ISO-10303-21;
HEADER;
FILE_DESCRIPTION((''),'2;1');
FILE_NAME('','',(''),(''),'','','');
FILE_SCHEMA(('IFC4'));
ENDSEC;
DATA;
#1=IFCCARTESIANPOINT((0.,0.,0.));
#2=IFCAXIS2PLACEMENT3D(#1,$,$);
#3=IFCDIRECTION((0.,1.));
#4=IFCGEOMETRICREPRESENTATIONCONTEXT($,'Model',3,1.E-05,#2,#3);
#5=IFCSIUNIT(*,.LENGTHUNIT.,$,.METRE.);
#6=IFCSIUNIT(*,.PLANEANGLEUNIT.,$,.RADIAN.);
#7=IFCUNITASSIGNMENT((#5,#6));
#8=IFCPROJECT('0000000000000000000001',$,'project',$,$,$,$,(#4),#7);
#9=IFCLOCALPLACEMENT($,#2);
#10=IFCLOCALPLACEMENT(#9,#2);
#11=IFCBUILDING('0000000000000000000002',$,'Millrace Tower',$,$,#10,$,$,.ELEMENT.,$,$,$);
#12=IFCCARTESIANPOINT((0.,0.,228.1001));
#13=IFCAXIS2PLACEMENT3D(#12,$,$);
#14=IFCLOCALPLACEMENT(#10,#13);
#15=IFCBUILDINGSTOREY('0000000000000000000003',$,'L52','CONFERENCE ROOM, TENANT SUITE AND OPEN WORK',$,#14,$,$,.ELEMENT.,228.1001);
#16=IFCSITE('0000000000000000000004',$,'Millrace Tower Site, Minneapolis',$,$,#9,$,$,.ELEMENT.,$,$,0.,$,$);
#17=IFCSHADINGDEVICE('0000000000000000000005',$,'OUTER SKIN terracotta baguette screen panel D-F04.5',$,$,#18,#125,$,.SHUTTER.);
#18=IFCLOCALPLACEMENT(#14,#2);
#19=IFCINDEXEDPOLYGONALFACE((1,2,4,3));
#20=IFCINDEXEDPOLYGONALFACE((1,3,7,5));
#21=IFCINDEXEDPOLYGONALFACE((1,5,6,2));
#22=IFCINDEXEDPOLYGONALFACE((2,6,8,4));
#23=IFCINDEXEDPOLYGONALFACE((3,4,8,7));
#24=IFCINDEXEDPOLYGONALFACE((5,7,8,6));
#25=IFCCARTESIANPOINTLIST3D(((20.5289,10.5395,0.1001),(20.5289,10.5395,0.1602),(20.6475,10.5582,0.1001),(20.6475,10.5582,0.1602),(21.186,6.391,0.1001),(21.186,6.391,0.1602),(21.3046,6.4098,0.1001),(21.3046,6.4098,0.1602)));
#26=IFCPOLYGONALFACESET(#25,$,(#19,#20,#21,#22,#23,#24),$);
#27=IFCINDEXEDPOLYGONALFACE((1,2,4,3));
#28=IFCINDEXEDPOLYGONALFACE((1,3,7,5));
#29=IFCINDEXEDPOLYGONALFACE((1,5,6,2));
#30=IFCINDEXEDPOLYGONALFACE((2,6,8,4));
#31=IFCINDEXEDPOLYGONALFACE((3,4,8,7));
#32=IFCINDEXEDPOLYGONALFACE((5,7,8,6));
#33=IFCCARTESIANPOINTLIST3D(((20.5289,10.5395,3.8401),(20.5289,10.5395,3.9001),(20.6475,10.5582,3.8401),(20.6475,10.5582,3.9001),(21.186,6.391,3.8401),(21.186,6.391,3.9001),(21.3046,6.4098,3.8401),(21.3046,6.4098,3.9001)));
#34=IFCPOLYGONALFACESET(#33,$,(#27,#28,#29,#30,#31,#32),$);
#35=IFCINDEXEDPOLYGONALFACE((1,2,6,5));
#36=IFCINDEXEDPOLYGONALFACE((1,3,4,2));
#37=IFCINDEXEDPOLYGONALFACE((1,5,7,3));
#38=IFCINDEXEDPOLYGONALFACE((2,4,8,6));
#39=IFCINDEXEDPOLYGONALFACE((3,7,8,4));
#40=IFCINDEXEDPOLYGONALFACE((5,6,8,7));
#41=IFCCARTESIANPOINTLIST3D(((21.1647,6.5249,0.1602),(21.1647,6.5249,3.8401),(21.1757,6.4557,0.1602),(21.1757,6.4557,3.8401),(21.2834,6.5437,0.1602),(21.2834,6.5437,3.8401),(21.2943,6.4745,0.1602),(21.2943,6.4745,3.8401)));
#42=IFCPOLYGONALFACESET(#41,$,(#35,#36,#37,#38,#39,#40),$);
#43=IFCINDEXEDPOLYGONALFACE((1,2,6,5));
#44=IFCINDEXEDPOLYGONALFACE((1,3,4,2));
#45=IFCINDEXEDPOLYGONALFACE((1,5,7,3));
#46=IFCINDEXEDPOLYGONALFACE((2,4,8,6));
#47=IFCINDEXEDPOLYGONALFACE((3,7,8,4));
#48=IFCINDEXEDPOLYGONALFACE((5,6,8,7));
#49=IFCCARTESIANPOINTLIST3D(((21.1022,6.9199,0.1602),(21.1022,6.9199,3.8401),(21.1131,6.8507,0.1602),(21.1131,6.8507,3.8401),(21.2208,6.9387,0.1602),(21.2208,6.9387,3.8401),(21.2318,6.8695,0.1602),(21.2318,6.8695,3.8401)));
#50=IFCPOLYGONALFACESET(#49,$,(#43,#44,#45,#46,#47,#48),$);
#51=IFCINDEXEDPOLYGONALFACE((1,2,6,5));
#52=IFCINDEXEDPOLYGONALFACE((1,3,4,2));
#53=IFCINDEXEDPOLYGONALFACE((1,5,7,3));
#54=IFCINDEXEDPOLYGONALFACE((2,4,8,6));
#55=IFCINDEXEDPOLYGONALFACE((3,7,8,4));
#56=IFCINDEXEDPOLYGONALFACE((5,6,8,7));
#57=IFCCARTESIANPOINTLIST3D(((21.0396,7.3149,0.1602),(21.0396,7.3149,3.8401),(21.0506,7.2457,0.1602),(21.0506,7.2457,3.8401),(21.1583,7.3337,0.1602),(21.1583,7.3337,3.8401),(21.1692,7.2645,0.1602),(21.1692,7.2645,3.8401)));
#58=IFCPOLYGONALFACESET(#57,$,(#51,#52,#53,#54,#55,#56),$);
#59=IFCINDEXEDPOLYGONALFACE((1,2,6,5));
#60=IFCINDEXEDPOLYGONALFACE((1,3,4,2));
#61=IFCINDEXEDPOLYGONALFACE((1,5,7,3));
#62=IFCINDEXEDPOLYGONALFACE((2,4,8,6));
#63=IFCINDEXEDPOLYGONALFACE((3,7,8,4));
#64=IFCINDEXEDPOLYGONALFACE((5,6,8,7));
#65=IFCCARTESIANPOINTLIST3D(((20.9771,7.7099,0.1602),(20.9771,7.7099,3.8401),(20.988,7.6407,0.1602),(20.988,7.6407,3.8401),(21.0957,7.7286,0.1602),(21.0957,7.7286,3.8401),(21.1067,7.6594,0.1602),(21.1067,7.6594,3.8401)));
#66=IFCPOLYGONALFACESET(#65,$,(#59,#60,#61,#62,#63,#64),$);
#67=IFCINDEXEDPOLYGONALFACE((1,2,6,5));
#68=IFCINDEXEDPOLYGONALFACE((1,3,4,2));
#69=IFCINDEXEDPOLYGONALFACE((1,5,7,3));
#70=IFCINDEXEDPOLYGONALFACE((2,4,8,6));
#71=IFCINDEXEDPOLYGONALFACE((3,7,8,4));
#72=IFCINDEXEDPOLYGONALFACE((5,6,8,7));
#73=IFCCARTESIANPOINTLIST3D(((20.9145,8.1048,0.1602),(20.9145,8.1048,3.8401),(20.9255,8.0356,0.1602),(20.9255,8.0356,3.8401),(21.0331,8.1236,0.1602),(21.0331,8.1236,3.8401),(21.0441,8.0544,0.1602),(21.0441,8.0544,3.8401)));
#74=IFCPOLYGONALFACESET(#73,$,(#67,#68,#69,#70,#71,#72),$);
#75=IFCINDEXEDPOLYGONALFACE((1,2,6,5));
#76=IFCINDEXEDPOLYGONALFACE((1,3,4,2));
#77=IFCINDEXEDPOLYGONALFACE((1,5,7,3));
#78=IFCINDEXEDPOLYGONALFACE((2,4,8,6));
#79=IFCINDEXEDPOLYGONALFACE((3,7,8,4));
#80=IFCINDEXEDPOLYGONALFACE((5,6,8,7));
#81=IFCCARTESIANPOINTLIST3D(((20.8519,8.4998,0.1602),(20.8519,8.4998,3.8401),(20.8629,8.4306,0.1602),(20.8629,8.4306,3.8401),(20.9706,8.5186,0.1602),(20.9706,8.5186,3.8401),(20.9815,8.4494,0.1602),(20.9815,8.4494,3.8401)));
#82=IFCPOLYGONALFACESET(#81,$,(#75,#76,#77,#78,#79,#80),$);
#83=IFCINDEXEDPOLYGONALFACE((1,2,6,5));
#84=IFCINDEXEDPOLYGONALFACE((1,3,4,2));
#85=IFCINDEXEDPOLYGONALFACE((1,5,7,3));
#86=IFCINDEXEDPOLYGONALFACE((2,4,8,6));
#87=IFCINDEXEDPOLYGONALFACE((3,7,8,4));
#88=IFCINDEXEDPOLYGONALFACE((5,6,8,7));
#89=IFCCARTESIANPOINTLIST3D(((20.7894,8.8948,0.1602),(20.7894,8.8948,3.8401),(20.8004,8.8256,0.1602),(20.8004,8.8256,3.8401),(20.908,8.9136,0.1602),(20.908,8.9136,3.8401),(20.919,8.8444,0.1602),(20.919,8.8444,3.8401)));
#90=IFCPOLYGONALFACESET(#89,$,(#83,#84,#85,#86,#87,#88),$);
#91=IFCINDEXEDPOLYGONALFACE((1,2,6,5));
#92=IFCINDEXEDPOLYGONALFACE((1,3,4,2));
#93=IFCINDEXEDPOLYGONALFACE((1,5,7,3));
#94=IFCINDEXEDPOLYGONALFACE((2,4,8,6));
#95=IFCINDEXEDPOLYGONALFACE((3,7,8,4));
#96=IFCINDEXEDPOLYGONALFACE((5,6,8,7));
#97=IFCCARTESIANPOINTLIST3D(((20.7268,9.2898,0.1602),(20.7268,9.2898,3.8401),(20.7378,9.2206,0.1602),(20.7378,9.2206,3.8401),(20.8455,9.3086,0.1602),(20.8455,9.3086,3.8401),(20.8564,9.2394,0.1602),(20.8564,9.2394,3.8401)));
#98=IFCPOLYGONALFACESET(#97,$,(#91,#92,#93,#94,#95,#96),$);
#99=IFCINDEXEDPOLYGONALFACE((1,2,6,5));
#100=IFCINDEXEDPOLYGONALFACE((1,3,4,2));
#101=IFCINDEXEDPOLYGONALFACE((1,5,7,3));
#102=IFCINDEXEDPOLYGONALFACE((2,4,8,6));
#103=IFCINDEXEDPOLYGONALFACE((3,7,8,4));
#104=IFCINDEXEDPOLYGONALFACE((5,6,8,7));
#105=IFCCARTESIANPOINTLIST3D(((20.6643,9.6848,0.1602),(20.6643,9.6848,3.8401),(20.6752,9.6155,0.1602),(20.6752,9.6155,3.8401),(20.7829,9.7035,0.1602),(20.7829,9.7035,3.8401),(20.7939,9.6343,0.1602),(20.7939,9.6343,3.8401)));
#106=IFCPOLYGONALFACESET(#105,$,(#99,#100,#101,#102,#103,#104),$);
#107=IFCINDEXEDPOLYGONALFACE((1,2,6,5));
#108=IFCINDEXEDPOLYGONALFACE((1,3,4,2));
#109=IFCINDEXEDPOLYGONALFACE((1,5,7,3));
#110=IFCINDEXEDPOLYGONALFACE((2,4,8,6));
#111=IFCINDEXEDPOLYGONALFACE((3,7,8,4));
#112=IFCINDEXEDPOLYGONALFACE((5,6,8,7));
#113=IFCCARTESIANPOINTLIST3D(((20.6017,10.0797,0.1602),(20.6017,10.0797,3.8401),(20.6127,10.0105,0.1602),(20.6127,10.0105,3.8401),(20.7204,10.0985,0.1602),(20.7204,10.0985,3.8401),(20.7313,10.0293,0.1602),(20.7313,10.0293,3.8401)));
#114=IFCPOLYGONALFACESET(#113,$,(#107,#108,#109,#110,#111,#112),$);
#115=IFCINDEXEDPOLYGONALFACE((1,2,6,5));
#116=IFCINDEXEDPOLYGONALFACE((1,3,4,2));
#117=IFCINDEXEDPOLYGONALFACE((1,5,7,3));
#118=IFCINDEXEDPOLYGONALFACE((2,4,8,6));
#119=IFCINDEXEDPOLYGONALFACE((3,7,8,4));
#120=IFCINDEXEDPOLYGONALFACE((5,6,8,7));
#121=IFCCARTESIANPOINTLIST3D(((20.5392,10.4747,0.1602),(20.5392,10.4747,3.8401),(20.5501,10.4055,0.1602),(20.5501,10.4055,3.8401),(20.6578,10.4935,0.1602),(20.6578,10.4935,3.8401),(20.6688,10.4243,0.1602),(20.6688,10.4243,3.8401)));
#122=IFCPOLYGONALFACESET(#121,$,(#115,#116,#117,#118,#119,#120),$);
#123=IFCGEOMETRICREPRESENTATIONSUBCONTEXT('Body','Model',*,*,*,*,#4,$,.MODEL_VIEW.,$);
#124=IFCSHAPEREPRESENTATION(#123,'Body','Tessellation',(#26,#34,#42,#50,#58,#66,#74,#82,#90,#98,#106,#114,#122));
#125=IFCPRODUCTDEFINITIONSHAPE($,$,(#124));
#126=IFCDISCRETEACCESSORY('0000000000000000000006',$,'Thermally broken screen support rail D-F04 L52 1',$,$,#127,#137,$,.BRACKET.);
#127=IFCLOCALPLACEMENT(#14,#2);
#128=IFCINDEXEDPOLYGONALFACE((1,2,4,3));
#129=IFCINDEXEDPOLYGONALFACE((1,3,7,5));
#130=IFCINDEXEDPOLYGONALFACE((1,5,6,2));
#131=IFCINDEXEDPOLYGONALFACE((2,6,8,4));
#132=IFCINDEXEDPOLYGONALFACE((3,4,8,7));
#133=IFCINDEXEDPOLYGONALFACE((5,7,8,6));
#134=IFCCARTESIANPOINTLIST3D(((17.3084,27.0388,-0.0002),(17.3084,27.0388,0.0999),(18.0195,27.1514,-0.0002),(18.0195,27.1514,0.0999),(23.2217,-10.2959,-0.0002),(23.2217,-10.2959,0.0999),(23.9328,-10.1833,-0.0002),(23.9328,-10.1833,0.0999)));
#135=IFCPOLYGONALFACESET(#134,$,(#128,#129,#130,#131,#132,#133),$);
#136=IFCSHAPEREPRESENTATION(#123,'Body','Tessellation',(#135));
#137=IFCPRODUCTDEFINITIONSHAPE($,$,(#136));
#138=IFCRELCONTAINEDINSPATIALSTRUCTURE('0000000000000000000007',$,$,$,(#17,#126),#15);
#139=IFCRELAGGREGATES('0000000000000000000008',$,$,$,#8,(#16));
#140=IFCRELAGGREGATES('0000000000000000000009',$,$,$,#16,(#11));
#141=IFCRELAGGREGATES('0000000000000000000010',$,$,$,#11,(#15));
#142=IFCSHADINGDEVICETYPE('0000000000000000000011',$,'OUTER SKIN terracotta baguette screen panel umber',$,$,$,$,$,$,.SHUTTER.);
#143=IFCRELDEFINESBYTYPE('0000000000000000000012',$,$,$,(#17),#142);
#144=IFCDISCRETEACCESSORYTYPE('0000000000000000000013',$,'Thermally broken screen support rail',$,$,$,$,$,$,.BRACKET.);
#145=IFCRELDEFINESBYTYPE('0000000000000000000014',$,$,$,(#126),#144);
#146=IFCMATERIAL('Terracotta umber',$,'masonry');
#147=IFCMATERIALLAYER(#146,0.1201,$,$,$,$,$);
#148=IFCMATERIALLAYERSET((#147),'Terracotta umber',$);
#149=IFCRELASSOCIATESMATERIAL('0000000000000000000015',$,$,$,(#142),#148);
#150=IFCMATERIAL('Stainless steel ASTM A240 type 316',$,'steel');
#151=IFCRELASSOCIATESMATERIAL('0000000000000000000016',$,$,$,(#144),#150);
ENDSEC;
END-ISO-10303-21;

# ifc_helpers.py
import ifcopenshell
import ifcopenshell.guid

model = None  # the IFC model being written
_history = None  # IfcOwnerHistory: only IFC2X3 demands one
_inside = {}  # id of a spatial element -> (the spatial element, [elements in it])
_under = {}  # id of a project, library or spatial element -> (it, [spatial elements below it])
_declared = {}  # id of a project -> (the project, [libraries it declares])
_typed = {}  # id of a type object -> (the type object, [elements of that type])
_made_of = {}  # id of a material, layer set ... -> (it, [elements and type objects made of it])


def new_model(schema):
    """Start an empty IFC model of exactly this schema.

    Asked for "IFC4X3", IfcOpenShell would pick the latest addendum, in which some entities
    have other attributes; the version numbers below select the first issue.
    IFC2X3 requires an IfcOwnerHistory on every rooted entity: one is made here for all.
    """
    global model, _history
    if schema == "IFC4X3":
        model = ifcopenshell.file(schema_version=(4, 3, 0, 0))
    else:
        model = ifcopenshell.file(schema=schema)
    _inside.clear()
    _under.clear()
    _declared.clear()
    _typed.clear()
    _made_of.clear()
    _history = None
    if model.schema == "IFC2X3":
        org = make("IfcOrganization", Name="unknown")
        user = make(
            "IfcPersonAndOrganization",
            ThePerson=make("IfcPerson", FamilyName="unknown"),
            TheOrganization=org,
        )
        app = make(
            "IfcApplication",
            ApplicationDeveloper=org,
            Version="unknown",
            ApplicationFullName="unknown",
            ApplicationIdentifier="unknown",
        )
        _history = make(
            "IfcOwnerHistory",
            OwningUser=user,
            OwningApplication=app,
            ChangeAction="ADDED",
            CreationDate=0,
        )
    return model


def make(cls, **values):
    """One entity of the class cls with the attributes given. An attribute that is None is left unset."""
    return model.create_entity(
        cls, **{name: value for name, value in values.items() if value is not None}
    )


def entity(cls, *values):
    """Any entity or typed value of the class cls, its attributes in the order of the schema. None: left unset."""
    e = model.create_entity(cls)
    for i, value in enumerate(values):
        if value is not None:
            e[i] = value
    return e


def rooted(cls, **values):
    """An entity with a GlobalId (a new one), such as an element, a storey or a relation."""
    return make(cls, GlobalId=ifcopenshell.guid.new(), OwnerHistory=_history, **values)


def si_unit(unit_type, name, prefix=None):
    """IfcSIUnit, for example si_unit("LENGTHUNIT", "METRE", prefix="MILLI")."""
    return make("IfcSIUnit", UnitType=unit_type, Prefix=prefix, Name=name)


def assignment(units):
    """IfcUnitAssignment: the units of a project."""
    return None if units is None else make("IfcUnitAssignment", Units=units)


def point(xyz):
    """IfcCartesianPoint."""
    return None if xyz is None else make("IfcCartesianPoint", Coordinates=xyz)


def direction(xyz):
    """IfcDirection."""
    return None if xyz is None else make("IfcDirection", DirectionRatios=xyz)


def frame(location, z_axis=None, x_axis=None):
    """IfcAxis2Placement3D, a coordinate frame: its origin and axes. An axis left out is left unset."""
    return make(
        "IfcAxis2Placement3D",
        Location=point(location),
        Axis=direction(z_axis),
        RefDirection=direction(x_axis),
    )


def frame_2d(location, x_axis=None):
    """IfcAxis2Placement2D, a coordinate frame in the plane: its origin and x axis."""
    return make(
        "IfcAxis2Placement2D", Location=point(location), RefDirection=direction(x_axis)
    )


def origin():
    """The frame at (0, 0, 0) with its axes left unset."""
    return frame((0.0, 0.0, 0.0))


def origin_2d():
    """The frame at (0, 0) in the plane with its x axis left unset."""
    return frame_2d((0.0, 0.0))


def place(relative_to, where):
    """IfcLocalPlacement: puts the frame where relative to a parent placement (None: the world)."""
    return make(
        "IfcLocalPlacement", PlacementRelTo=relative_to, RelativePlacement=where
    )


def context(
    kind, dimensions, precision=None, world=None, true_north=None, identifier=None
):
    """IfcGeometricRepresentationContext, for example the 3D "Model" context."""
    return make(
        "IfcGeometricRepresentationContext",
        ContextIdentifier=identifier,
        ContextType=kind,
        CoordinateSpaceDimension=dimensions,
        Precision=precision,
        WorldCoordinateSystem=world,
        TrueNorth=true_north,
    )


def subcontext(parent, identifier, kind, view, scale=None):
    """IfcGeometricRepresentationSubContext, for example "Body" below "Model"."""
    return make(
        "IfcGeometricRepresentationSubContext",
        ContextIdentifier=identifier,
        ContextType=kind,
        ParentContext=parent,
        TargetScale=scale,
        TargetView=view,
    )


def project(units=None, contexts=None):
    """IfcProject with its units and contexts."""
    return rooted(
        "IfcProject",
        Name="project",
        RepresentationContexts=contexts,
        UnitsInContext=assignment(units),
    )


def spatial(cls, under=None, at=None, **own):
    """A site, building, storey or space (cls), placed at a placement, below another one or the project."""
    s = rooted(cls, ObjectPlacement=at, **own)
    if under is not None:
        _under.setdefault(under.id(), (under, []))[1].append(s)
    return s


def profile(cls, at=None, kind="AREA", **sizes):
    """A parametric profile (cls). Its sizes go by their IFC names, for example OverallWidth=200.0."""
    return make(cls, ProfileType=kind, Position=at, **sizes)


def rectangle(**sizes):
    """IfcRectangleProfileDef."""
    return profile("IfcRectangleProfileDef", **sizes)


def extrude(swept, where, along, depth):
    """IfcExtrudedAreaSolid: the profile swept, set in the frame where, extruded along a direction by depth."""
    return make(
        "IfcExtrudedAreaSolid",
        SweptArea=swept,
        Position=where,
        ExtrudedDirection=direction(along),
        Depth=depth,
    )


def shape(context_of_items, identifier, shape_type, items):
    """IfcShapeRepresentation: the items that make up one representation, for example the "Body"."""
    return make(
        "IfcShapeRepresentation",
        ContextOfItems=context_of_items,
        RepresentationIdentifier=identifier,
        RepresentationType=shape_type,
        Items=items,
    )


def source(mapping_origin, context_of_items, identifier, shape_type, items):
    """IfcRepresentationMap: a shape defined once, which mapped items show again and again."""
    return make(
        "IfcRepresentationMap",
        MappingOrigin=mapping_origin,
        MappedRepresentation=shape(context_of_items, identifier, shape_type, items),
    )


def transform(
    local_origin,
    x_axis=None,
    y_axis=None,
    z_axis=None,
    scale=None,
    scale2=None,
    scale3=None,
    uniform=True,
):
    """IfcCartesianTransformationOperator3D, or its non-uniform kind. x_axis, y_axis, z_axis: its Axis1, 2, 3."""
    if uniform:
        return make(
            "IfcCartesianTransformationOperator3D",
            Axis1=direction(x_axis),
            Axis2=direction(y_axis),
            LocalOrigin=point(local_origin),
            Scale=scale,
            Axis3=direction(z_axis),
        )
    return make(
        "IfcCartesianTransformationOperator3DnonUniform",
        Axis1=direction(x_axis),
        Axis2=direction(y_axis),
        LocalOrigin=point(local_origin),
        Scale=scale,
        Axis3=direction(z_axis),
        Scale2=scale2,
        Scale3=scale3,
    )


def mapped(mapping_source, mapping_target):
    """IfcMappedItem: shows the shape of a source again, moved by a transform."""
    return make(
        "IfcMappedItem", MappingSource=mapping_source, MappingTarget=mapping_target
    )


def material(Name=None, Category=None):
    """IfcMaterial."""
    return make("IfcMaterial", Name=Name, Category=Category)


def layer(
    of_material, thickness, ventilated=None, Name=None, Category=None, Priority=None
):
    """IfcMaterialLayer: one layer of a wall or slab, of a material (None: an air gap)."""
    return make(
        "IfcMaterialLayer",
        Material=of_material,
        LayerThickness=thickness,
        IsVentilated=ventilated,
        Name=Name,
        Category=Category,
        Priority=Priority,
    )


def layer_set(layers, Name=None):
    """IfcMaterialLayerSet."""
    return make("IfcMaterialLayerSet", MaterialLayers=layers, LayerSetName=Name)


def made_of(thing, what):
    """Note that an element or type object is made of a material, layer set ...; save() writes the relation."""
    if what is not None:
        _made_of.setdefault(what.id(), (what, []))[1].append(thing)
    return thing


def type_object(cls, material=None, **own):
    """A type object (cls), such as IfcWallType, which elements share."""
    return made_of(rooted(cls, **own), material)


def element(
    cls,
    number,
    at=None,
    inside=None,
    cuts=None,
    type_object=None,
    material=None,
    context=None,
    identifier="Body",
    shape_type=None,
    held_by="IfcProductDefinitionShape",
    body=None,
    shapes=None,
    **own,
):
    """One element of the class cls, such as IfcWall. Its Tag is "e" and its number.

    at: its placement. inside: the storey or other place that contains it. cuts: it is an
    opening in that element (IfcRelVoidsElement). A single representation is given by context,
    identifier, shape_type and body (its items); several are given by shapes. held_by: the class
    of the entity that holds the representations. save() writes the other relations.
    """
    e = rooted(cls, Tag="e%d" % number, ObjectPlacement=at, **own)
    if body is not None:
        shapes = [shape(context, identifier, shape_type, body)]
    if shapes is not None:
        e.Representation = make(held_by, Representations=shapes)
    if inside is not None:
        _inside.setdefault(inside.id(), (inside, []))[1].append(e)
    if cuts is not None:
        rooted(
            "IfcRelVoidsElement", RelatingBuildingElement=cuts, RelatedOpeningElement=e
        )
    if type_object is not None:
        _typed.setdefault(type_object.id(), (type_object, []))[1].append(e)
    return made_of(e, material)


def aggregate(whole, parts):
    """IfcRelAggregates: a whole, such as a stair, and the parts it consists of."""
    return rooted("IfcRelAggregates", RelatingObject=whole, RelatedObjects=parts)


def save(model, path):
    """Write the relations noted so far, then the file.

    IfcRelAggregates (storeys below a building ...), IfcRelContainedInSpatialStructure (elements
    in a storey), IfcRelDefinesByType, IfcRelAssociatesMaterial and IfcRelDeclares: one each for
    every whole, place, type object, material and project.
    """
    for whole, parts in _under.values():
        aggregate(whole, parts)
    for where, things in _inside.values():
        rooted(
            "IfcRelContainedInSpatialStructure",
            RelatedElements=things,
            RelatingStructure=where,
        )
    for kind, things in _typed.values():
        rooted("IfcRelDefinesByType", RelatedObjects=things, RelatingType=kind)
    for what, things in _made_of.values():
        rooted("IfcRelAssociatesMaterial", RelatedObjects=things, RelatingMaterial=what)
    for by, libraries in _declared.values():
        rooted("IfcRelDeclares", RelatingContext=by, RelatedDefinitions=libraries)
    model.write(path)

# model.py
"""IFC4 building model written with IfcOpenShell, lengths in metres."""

from ifc_helpers import new_model, entity, si_unit, direction, frame, frame_2d, origin, origin_2d, place, context, subcontext, project, spatial, rectangle, extrude, source, transform, mapped, material, layer, layer_set, type_object, element, save


model = new_model("IFC4")

# Units and contexts
model_context = context("Model", 3, precision=1e-05, world=origin(), true_north=direction((0.0, 1.0)))
body_context = subcontext(model_context, "Body", "Model", "MODEL_VIEW")
ifc_project = project(units=[si_unit("LENGTHUNIT", "METRE"), si_unit("PLANEANGLEUNIT", "RADIAN")], contexts=[model_context])

# Site, building, storey
site_placement = place(None, origin())
site = spatial("IfcSite", under=ifc_project, at=site_placement, Name="Millrace Tower Site, Minneapolis", CompositionType="ELEMENT", RefElevation=0.0)
building_placement = place(site_placement, origin())
building = spatial("IfcBuilding", under=site, at=building_placement, Name="Millrace Tower", CompositionType="ELEMENT")
storey_placement = place(building_placement, frame((0.0, 0.0, 228.1001)))
storey = spatial("IfcBuildingStorey", under=building, at=storey_placement, Name="L52", Description="CONFERENCE ROOM, TENANT SUITE AND OPEN WORK", CompositionType="ELEMENT", Elevation=228.1001)

# Shading device
ifc_material_1 = material(Name="Terracotta umber", Category="masonry")
ifc_layer_1 = layer(ifc_material_1, 0.1201)
ifc_layer_set_1 = layer_set([ifc_layer_1], Name="Terracotta umber")
shading_device_type = type_object("IfcShadingDeviceType", Name="OUTER SKIN terracotta baguette screen panel umber", PredefinedType="SHUTTER", material=ifc_layer_set_1)
cartesian_point = entity("IfcCartesianPoint", [-2.1001, 0.0601])
shared_polyline = entity("IfcPolyline", [cartesian_point, entity("IfcCartesianPoint", [2.1001, 0.0601]), entity("IfcCartesianPoint", [2.1001, -0.0601]), entity("IfcCartesianPoint", [-2.1001, -0.0601]), cartesian_point])
shared_shape = source(origin(), body_context, "Body", "SweptSolid", [
    entity("IfcExtrudedAreaSolid", entity("IfcArbitraryClosedProfileDef", "AREA", None, shared_polyline), entity("IfcAxis2Placement3D", entity("IfcCartesianPoint", [0.0, 0.0, 0.0])), entity("IfcDirection", [0.0, 0.0, 1.0]), 0.0601),
    entity("IfcExtrudedAreaSolid", entity("IfcArbitraryClosedProfileDef", "AREA", None, shared_polyline), entity("IfcAxis2Placement3D", entity("IfcCartesianPoint", [0.0, 0.0, 3.74])), entity("IfcDirection", [0.0, 0.0, 1.0]), 0.0601),
    extrude(rectangle(XDim=0.0701, YDim=0.1201, at=frame_2d((-1.9995, 0.0))), frame((0.0, 0.0, 0.0601)), (0.0, 0.0, 1.0), 3.6799),
    extrude(rectangle(XDim=0.0701, YDim=0.1201, at=frame_2d((-1.5996, 0.0))), frame((0.0, 0.0, 0.0601)), (0.0, 0.0, 1.0), 3.6799),
    extrude(rectangle(XDim=0.0701, YDim=0.1201, at=frame_2d((-1.1997, 0.0))), frame((0.0, 0.0, 0.0601)), (0.0, 0.0, 1.0), 3.6799),
    extrude(rectangle(XDim=0.0701, YDim=0.1201, at=frame_2d((-0.7998, 0.0))), frame((0.0, 0.0, 0.0601)), (0.0, 0.0, 1.0), 3.6799),
    extrude(rectangle(XDim=0.0701, YDim=0.1201, at=frame_2d((-0.3999, 0.0))), frame((0.0, 0.0, 0.0601)), (0.0, 0.0, 1.0), 3.6799),
    extrude(rectangle(XDim=0.0701, YDim=0.1201, at=origin_2d()), frame((0.0, 0.0, 0.0601)), (0.0, 0.0, 1.0), 3.6799),
    extrude(rectangle(XDim=0.0701, YDim=0.1201, at=frame_2d((0.3999, 0.0))), frame((0.0, 0.0, 0.0601)), (0.0, 0.0, 1.0), 3.6799),
    extrude(rectangle(XDim=0.0701, YDim=0.1201, at=frame_2d((0.7998, 0.0))), frame((0.0, 0.0, 0.0601)), (0.0, 0.0, 1.0), 3.6799),
    extrude(rectangle(XDim=0.0701, YDim=0.1201, at=frame_2d((1.1997, 0.0))), frame((0.0, 0.0, 0.0601)), (0.0, 0.0, 1.0), 3.6799),
    extrude(rectangle(XDim=0.0701, YDim=0.1201, at=frame_2d((1.5996, 0.0))), frame((0.0, 0.0, 0.0601)), (0.0, 0.0, 1.0), 3.6799),
    extrude(rectangle(XDim=0.0701, YDim=0.1201, at=frame_2d((1.9995, 0.0))), frame((0.0, 0.0, 0.0601)), (0.0, 0.0, 1.0), 3.6799),
])
for number, where, z_axis, x_axis, name in (
    (1, (20.9167, 8.4746, 0.1001), (0.0, 0.0, 1.0), (-0.156434, 0.987688, 0.0), "OUTER SKIN terracotta baguette screen panel D-F04.5"),
):
    element("IfcShadingDevice", number, at=place(storey_placement, frame(where, z_axis=z_axis, x_axis=x_axis)), inside=storey, type_object=shading_device_type, Name=name, PredefinedType="SHUTTER", context=body_context, shape_type="MappedRepresentation", body=[
        mapped(shared_shape, transform((0.0, 0.0, 0.0), scale=1.0)),
    ])

# Discrete accessory
ifc_material_2 = material(Name="Stainless steel ASTM A240 type 316", Category="steel")
discrete_accessory_type = type_object("IfcDiscreteAccessoryType", Name="Thermally broken screen support rail", PredefinedType="BRACKET", material=ifc_material_2)
discrete_accessory_placement = place(storey_placement, frame((20.6206, 8.4277, -0.0002), z_axis=(0.0, 0.0, 1.0), x_axis=(-0.156434, 0.987688, 0.0)))
element("IfcDiscreteAccessory", 2, at=discrete_accessory_placement, inside=storey, type_object=discrete_accessory_type, Name="Thermally broken screen support rail D-F04 L52 1", PredefinedType="BRACKET", context=body_context, shape_type="SweptSolid", body=[
    extrude(rectangle(XDim=37.8, YDim=0.72, at=origin_2d()), origin(), (0.0, 0.0, 1.0), 0.1001),
])

save(model, "model.ifc")
